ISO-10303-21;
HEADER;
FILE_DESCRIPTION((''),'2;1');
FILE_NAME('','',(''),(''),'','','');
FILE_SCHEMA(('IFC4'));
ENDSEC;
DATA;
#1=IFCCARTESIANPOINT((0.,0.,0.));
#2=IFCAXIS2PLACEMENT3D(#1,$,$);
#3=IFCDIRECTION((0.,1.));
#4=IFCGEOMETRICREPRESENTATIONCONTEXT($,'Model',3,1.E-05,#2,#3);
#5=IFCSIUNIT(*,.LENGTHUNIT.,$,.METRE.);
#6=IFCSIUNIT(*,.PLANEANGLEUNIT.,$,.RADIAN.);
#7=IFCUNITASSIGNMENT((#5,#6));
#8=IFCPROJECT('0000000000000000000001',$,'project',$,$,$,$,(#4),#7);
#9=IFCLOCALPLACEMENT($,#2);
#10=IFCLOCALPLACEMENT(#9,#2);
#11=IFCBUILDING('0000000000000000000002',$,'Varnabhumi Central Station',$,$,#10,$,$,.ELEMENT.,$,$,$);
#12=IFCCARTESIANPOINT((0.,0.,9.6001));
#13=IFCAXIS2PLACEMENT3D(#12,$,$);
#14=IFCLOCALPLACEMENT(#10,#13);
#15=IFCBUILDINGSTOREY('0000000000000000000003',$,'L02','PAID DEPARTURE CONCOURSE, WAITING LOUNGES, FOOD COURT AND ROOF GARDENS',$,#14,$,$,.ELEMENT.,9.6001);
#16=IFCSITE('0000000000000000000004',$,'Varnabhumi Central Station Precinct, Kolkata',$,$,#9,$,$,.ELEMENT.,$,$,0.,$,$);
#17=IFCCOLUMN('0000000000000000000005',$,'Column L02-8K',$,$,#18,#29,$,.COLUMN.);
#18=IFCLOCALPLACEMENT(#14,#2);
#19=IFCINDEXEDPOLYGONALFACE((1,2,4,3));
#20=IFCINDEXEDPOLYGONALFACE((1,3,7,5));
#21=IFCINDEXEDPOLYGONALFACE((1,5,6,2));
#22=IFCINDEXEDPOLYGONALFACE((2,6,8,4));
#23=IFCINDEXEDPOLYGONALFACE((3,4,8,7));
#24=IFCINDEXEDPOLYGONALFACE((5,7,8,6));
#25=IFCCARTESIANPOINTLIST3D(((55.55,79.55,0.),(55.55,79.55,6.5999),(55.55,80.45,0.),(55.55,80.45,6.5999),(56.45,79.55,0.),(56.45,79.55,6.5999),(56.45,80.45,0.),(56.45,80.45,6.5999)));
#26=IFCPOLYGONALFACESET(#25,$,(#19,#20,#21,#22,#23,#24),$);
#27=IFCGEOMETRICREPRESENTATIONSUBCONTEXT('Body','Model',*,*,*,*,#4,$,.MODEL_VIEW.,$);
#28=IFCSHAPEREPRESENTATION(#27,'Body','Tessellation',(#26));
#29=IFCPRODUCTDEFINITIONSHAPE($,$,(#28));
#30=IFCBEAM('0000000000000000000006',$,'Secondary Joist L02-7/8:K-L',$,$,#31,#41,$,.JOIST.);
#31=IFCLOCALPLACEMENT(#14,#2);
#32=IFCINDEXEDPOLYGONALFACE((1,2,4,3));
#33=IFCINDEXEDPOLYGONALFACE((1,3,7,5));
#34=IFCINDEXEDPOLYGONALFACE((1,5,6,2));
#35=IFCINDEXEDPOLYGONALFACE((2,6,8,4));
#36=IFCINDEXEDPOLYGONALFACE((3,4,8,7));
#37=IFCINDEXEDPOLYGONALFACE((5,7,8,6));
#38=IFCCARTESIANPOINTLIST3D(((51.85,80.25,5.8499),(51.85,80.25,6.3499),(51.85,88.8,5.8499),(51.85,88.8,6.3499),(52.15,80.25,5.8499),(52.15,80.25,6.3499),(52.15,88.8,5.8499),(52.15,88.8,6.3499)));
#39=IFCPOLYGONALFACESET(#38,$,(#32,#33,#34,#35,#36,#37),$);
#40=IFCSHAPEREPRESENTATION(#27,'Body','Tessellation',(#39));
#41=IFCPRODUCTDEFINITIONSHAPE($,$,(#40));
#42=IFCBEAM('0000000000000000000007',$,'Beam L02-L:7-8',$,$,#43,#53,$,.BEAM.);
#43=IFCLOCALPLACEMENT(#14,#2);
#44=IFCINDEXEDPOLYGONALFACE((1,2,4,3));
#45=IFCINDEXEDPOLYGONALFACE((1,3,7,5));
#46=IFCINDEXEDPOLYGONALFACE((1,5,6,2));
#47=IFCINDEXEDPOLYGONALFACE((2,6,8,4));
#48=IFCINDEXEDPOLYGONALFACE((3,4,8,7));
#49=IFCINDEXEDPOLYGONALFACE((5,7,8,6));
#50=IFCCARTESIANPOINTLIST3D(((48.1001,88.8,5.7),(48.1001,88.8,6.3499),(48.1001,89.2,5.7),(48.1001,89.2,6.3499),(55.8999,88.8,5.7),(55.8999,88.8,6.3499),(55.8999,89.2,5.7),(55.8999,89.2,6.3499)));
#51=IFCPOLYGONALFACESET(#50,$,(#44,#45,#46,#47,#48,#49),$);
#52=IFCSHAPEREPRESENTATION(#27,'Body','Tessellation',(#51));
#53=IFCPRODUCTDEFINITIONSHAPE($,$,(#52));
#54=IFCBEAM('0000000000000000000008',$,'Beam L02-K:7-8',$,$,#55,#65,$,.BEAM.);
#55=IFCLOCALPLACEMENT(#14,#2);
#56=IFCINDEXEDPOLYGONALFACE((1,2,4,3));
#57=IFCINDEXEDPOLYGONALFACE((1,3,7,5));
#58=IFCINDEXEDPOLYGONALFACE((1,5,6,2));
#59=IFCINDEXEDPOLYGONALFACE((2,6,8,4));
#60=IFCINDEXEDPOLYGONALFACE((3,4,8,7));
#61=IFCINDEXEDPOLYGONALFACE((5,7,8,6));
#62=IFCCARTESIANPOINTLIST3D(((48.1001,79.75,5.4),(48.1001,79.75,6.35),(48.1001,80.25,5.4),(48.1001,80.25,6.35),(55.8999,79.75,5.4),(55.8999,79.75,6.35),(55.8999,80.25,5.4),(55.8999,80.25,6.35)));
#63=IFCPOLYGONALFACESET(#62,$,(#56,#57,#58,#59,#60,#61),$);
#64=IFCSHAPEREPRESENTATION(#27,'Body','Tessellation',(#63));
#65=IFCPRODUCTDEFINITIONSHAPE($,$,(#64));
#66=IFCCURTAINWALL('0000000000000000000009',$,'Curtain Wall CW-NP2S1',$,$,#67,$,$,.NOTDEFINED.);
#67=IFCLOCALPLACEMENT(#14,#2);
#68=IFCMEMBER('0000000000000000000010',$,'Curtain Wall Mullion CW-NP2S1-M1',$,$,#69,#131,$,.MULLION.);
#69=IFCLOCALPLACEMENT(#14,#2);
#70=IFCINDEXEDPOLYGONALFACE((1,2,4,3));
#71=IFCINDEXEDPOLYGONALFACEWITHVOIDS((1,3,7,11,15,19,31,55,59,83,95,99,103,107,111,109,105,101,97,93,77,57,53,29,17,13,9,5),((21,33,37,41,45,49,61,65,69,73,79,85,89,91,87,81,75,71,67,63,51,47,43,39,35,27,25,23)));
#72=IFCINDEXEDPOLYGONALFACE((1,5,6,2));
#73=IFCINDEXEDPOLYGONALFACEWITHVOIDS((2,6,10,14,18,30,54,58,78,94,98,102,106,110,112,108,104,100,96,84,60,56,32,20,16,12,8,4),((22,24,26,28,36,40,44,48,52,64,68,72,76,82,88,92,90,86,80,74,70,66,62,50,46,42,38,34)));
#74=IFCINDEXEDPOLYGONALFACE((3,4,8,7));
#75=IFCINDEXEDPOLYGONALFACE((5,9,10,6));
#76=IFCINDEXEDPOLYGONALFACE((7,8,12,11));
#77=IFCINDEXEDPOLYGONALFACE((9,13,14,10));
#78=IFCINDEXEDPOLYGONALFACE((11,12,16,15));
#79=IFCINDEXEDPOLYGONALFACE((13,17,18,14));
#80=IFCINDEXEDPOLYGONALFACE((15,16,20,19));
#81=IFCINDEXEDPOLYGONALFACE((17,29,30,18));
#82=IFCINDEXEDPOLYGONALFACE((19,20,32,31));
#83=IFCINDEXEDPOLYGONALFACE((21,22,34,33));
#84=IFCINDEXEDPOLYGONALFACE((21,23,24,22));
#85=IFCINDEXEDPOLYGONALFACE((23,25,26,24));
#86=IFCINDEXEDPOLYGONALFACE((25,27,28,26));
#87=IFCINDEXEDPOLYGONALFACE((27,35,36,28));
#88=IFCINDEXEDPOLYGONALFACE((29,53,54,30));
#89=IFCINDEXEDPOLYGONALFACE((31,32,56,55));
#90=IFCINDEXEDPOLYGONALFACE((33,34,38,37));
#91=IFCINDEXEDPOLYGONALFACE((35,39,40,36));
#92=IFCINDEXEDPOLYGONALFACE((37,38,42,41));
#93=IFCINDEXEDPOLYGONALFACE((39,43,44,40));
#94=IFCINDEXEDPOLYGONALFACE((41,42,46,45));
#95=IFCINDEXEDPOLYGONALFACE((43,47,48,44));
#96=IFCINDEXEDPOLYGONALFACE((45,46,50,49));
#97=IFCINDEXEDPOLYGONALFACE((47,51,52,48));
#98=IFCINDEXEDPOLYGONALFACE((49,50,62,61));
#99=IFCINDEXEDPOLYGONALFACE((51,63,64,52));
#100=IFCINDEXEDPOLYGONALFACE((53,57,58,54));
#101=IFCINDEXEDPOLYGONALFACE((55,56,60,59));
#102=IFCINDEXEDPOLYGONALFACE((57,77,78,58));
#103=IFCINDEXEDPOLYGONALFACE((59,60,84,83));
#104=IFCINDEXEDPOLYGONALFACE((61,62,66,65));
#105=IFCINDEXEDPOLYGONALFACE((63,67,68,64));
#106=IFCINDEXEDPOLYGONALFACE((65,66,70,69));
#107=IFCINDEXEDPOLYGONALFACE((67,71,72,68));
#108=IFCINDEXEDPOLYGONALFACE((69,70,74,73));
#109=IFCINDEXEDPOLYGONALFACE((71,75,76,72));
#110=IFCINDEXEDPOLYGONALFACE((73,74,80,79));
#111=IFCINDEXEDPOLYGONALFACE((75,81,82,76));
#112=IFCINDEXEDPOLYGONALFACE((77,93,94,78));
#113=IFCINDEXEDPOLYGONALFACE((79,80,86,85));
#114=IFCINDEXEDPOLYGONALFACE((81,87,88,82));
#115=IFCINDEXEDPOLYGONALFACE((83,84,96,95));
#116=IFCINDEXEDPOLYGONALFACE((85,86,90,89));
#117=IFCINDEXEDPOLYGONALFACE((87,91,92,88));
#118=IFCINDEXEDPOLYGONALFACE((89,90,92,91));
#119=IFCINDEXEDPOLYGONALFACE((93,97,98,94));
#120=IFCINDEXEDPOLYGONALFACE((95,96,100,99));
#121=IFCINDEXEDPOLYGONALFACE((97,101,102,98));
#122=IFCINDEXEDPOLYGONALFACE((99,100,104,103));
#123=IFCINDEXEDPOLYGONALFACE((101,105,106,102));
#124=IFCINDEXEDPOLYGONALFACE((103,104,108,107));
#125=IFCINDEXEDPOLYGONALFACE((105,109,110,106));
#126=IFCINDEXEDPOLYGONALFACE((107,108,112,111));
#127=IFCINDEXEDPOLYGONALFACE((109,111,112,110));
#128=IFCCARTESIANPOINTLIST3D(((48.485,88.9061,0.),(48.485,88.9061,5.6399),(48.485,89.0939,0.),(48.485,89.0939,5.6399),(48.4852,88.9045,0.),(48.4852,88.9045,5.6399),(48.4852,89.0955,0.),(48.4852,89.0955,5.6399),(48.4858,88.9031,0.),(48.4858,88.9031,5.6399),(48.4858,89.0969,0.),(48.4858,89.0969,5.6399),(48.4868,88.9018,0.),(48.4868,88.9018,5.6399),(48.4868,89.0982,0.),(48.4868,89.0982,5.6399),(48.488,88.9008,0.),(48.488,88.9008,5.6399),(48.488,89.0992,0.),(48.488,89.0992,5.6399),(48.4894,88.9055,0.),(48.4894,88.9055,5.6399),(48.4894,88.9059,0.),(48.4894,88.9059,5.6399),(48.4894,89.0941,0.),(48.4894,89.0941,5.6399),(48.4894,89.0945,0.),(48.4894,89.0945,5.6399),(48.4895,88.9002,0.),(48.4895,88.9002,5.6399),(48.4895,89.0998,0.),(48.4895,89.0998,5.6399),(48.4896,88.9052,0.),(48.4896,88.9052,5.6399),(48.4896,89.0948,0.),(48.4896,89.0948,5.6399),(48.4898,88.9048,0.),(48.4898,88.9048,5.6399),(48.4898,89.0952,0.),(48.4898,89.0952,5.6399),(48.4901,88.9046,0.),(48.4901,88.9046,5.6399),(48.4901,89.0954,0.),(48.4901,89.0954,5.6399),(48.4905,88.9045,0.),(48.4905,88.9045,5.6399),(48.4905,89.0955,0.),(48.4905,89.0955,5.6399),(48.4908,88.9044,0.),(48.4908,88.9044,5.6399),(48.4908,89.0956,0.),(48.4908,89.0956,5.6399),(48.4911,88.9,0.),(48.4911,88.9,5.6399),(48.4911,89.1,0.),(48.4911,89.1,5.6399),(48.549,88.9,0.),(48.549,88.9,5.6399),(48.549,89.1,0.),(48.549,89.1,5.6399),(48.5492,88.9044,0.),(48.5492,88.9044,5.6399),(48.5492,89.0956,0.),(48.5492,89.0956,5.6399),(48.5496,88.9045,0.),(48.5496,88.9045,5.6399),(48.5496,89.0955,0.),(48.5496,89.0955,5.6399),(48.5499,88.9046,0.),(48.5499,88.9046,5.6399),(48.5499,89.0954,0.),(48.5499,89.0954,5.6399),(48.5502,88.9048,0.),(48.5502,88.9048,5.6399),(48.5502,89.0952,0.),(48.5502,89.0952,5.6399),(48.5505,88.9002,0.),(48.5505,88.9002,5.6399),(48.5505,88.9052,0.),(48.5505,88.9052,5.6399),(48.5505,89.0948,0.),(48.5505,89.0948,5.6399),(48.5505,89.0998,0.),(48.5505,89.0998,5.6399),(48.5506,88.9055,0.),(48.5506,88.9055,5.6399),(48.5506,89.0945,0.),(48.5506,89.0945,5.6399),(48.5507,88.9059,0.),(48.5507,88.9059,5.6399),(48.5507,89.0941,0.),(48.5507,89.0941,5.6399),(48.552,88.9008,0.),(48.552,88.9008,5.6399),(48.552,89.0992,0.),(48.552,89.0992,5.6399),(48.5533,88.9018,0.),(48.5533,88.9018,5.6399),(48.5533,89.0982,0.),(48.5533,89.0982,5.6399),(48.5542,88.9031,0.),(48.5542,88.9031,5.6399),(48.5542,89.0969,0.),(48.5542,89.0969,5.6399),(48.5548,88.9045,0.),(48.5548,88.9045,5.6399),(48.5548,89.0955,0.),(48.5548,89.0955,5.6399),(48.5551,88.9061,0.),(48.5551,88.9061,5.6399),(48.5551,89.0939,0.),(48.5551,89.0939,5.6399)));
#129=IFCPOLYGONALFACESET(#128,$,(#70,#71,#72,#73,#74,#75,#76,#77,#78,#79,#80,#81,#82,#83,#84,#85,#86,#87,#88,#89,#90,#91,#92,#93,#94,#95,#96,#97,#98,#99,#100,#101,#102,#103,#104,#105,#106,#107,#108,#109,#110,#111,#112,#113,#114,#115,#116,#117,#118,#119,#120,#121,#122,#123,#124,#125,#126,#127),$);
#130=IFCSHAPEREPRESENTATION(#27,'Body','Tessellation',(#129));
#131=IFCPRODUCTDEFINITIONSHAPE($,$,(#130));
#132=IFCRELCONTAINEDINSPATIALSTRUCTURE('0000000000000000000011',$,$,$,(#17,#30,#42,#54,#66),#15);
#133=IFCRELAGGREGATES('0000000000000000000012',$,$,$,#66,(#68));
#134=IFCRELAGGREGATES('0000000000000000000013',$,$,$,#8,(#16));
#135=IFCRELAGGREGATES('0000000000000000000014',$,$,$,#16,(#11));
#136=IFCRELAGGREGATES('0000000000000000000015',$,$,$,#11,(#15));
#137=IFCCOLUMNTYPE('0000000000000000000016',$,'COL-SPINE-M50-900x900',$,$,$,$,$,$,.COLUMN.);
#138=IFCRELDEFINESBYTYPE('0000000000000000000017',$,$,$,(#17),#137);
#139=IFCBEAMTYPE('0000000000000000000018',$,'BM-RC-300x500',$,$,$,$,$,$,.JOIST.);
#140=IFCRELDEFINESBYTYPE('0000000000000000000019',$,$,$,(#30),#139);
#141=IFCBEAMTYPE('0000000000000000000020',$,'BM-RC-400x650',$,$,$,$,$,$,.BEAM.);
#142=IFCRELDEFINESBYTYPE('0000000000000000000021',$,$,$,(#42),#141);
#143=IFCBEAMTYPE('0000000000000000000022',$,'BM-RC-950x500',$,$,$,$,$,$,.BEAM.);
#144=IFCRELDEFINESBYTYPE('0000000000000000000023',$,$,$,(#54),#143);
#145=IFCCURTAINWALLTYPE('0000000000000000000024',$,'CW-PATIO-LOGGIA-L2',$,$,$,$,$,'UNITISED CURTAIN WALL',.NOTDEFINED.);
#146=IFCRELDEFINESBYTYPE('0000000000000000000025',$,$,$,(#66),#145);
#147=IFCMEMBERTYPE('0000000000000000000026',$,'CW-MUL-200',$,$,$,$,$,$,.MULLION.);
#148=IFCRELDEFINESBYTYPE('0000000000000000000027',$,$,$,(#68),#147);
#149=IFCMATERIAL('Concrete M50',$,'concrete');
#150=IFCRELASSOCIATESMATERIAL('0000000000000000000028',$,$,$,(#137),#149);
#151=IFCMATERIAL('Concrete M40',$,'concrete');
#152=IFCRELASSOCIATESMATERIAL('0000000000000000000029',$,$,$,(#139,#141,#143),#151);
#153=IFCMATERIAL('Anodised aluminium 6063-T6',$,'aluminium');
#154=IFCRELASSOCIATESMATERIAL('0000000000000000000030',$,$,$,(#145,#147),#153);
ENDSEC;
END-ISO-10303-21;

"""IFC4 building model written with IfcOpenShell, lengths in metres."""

from ifc_helpers import new_model, si_unit, direction, frame, origin, origin_2d, place, context, subcontext, project, spatial, rectangle, hollow_rectangle, extrude, material, material_profile, profile_set, type_object, element, aggregate, save


model = new_model("IFC4")

# Units and contexts
model_context = context("Model", 3, precision=1e-05, world=origin(), true_north=direction((0.0, 1.0)))
body_context = subcontext(model_context, "Body", "Model", "MODEL_VIEW")
ifc_project = project(units=[si_unit("LENGTHUNIT", "METRE"), si_unit("PLANEANGLEUNIT", "RADIAN")], contexts=[model_context])

# Site, building, storey
site_placement = place(None, origin())
site = spatial("IfcSite", under=ifc_project, at=site_placement, Name="Varnabhumi Central Station Precinct, Kolkata", CompositionType="ELEMENT", RefElevation=0.0)
building_placement = place(site_placement, origin())
building = spatial("IfcBuilding", under=site, at=building_placement, Name="Varnabhumi Central Station", CompositionType="ELEMENT")
storey_placement = place(building_placement, frame((0.0, 0.0, 9.6001)))
storey = spatial("IfcBuildingStorey", under=building, at=storey_placement, Name="L02", Description="PAID DEPARTURE CONCOURSE, WAITING LOUNGES, FOOD COURT AND ROOF GARDENS", CompositionType="ELEMENT", Elevation=9.6001)

# Column
ifc_material_1 = material(Name="Concrete M50", Category="concrete")
ifc_material_profile_1 = material_profile(ifc_material_1, rectangle(XDim=0.8999, YDim=0.8999, at=origin_2d()), Name="Concrete M50", Category="concrete")
ifc_profile_set_1 = profile_set([ifc_material_profile_1], Name="Concrete M50")
column_type = type_object("IfcColumnType", Name="COL-SPINE-M50-900x900", PredefinedType="COLUMN", material=ifc_profile_set_1)
column_placement = place(storey_placement, frame((56.0, 80.0, 0.0), z_axis=(0.0, 0.0, 1.0), x_axis=(1.0, 0.0, 0.0)))
element("IfcColumn", 1, at=column_placement, inside=storey, type_object=column_type, Name="Column L02-8K", PredefinedType="COLUMN", context=body_context, shape_type="SweptSolid", body=[
    extrude(rectangle(XDim=0.8999, YDim=0.8999, at=origin_2d()), origin(), (0.0, 0.0, 1.0), 6.5999),
])

# Beams
ifc_material_2 = material(Name="Concrete M40", Category="concrete")
ifc_material_profile_2 = material_profile(ifc_material_2, rectangle(XDim=0.3, YDim=0.5, at=origin_2d()), Name="Concrete M40", Category="concrete")
ifc_profile_set_2 = profile_set([ifc_material_profile_2], Name="Concrete M40")
beam_type_1 = type_object("IfcBeamType", Name="BM-RC-300x500", PredefinedType="JOIST", material=ifc_profile_set_2)
beam_1_placement = place(storey_placement, frame((52.0, 80.25, 6.0999), z_axis=(0.0, 1.0, 0.0), x_axis=(-1.0, 0.0, 0.0)))
element("IfcBeam", 2, at=beam_1_placement, inside=storey, type_object=beam_type_1, Name="Secondary Joist L02-7/8:K-L", PredefinedType="JOIST", context=body_context, shape_type="SweptSolid", body=[
    extrude(rectangle(XDim=0.3, YDim=0.5, at=origin_2d()), origin(), (0.0, 0.0, 1.0), 8.55),
])
ifc_material_profile_3 = material_profile(ifc_material_2, rectangle(XDim=0.3999, YDim=0.6499, at=origin_2d()), Name="Concrete M40", Category="concrete")
ifc_profile_set_3 = profile_set([ifc_material_profile_3], Name="Concrete M40")
beam_type_2 = type_object("IfcBeamType", Name="BM-RC-400x650", PredefinedType="BEAM", material=ifc_profile_set_3)
beam_2_placement = place(storey_placement, frame((48.1001, 89.0, 6.0249), z_axis=(1.0, 0.0, 0.0), x_axis=(0.0, 1.0, 0.0)))
element("IfcBeam", 3, at=beam_2_placement, inside=storey, type_object=beam_type_2, Name="Beam L02-L:7-8", PredefinedType="BEAM", context=body_context, shape_type="SweptSolid", body=[
    extrude(rectangle(XDim=0.3999, YDim=0.6499, at=origin_2d()), origin(), (0.0, 0.0, 1.0), 7.7998),
])
ifc_material_profile_4 = material_profile(ifc_material_2, rectangle(XDim=0.5, YDim=0.95, at=origin_2d()), Name="Concrete M40", Category="concrete")
ifc_profile_set_4 = profile_set([ifc_material_profile_4], Name="Concrete M40")
beam_type_3 = type_object("IfcBeamType", Name="BM-RC-950x500", PredefinedType="BEAM", material=ifc_profile_set_4)
beam_3_placement = place(storey_placement, frame((48.1001, 80.0, 5.875), z_axis=(1.0, 0.0, 0.0), x_axis=(0.0, 1.0, 0.0)))
element("IfcBeam", 4, at=beam_3_placement, inside=storey, type_object=beam_type_3, Name="Beam L02-K:7-8", PredefinedType="BEAM", context=body_context, shape_type="SweptSolid", body=[
    extrude(rectangle(XDim=0.5, YDim=0.95, at=origin_2d()), origin(), (0.0, 0.0, 1.0), 7.7998),
])

# Curtain wall, member
ifc_material_3 = material(Name="Anodised aluminium 6063-T6", Category="aluminium")
curtain_wall_type = type_object("IfcCurtainWallType", Name="CW-PATIO-LOGGIA-L2", ElementType="UNITISED CURTAIN WALL", PredefinedType="NOTDEFINED", material=ifc_material_3)
curtain_wall_placement = place(storey_placement, origin())
curtain_wall = element("IfcCurtainWall", 5, at=curtain_wall_placement, inside=storey, type_object=curtain_wall_type, Name="Curtain Wall CW-NP2S1", PredefinedType="NOTDEFINED")
ifc_material_profile_5 = material_profile(ifc_material_3, hollow_rectangle(XDim=0.0701, YDim=0.2, WallThickness=0.0044, InnerFilletRadius=0.0015, OuterFilletRadius=0.0061, at=origin_2d()), Name="Anodised aluminium 6063-T6", Category="aluminium")
ifc_profile_set_5 = profile_set([ifc_material_profile_5], Name="Anodised aluminium 6063-T6")
member_type_1 = type_object("IfcMemberType", Name="CW-MUL-200", PredefinedType="MULLION", material=ifc_profile_set_5)
member_1_placement = place(storey_placement, frame((48.52, 89.0, 0.0), z_axis=(0.0, 0.0, 1.0), x_axis=(1.0, 0.0, 0.0)))
member_1 = element("IfcMember", 6, at=member_1_placement, type_object=member_type_1, Name="Curtain Wall Mullion CW-NP2S1-M1", PredefinedType="MULLION", context=body_context, shape_type="SweptSolid", body=[
    extrude(hollow_rectangle(XDim=0.0701, YDim=0.2, WallThickness=0.0044, InnerFilletRadius=0.0015, OuterFilletRadius=0.0061, at=origin_2d()), origin(), (0.0, 0.0, 1.0), 5.6399),
])

aggregate(curtain_wall, [member_1])

save(model, "model.ifc")
